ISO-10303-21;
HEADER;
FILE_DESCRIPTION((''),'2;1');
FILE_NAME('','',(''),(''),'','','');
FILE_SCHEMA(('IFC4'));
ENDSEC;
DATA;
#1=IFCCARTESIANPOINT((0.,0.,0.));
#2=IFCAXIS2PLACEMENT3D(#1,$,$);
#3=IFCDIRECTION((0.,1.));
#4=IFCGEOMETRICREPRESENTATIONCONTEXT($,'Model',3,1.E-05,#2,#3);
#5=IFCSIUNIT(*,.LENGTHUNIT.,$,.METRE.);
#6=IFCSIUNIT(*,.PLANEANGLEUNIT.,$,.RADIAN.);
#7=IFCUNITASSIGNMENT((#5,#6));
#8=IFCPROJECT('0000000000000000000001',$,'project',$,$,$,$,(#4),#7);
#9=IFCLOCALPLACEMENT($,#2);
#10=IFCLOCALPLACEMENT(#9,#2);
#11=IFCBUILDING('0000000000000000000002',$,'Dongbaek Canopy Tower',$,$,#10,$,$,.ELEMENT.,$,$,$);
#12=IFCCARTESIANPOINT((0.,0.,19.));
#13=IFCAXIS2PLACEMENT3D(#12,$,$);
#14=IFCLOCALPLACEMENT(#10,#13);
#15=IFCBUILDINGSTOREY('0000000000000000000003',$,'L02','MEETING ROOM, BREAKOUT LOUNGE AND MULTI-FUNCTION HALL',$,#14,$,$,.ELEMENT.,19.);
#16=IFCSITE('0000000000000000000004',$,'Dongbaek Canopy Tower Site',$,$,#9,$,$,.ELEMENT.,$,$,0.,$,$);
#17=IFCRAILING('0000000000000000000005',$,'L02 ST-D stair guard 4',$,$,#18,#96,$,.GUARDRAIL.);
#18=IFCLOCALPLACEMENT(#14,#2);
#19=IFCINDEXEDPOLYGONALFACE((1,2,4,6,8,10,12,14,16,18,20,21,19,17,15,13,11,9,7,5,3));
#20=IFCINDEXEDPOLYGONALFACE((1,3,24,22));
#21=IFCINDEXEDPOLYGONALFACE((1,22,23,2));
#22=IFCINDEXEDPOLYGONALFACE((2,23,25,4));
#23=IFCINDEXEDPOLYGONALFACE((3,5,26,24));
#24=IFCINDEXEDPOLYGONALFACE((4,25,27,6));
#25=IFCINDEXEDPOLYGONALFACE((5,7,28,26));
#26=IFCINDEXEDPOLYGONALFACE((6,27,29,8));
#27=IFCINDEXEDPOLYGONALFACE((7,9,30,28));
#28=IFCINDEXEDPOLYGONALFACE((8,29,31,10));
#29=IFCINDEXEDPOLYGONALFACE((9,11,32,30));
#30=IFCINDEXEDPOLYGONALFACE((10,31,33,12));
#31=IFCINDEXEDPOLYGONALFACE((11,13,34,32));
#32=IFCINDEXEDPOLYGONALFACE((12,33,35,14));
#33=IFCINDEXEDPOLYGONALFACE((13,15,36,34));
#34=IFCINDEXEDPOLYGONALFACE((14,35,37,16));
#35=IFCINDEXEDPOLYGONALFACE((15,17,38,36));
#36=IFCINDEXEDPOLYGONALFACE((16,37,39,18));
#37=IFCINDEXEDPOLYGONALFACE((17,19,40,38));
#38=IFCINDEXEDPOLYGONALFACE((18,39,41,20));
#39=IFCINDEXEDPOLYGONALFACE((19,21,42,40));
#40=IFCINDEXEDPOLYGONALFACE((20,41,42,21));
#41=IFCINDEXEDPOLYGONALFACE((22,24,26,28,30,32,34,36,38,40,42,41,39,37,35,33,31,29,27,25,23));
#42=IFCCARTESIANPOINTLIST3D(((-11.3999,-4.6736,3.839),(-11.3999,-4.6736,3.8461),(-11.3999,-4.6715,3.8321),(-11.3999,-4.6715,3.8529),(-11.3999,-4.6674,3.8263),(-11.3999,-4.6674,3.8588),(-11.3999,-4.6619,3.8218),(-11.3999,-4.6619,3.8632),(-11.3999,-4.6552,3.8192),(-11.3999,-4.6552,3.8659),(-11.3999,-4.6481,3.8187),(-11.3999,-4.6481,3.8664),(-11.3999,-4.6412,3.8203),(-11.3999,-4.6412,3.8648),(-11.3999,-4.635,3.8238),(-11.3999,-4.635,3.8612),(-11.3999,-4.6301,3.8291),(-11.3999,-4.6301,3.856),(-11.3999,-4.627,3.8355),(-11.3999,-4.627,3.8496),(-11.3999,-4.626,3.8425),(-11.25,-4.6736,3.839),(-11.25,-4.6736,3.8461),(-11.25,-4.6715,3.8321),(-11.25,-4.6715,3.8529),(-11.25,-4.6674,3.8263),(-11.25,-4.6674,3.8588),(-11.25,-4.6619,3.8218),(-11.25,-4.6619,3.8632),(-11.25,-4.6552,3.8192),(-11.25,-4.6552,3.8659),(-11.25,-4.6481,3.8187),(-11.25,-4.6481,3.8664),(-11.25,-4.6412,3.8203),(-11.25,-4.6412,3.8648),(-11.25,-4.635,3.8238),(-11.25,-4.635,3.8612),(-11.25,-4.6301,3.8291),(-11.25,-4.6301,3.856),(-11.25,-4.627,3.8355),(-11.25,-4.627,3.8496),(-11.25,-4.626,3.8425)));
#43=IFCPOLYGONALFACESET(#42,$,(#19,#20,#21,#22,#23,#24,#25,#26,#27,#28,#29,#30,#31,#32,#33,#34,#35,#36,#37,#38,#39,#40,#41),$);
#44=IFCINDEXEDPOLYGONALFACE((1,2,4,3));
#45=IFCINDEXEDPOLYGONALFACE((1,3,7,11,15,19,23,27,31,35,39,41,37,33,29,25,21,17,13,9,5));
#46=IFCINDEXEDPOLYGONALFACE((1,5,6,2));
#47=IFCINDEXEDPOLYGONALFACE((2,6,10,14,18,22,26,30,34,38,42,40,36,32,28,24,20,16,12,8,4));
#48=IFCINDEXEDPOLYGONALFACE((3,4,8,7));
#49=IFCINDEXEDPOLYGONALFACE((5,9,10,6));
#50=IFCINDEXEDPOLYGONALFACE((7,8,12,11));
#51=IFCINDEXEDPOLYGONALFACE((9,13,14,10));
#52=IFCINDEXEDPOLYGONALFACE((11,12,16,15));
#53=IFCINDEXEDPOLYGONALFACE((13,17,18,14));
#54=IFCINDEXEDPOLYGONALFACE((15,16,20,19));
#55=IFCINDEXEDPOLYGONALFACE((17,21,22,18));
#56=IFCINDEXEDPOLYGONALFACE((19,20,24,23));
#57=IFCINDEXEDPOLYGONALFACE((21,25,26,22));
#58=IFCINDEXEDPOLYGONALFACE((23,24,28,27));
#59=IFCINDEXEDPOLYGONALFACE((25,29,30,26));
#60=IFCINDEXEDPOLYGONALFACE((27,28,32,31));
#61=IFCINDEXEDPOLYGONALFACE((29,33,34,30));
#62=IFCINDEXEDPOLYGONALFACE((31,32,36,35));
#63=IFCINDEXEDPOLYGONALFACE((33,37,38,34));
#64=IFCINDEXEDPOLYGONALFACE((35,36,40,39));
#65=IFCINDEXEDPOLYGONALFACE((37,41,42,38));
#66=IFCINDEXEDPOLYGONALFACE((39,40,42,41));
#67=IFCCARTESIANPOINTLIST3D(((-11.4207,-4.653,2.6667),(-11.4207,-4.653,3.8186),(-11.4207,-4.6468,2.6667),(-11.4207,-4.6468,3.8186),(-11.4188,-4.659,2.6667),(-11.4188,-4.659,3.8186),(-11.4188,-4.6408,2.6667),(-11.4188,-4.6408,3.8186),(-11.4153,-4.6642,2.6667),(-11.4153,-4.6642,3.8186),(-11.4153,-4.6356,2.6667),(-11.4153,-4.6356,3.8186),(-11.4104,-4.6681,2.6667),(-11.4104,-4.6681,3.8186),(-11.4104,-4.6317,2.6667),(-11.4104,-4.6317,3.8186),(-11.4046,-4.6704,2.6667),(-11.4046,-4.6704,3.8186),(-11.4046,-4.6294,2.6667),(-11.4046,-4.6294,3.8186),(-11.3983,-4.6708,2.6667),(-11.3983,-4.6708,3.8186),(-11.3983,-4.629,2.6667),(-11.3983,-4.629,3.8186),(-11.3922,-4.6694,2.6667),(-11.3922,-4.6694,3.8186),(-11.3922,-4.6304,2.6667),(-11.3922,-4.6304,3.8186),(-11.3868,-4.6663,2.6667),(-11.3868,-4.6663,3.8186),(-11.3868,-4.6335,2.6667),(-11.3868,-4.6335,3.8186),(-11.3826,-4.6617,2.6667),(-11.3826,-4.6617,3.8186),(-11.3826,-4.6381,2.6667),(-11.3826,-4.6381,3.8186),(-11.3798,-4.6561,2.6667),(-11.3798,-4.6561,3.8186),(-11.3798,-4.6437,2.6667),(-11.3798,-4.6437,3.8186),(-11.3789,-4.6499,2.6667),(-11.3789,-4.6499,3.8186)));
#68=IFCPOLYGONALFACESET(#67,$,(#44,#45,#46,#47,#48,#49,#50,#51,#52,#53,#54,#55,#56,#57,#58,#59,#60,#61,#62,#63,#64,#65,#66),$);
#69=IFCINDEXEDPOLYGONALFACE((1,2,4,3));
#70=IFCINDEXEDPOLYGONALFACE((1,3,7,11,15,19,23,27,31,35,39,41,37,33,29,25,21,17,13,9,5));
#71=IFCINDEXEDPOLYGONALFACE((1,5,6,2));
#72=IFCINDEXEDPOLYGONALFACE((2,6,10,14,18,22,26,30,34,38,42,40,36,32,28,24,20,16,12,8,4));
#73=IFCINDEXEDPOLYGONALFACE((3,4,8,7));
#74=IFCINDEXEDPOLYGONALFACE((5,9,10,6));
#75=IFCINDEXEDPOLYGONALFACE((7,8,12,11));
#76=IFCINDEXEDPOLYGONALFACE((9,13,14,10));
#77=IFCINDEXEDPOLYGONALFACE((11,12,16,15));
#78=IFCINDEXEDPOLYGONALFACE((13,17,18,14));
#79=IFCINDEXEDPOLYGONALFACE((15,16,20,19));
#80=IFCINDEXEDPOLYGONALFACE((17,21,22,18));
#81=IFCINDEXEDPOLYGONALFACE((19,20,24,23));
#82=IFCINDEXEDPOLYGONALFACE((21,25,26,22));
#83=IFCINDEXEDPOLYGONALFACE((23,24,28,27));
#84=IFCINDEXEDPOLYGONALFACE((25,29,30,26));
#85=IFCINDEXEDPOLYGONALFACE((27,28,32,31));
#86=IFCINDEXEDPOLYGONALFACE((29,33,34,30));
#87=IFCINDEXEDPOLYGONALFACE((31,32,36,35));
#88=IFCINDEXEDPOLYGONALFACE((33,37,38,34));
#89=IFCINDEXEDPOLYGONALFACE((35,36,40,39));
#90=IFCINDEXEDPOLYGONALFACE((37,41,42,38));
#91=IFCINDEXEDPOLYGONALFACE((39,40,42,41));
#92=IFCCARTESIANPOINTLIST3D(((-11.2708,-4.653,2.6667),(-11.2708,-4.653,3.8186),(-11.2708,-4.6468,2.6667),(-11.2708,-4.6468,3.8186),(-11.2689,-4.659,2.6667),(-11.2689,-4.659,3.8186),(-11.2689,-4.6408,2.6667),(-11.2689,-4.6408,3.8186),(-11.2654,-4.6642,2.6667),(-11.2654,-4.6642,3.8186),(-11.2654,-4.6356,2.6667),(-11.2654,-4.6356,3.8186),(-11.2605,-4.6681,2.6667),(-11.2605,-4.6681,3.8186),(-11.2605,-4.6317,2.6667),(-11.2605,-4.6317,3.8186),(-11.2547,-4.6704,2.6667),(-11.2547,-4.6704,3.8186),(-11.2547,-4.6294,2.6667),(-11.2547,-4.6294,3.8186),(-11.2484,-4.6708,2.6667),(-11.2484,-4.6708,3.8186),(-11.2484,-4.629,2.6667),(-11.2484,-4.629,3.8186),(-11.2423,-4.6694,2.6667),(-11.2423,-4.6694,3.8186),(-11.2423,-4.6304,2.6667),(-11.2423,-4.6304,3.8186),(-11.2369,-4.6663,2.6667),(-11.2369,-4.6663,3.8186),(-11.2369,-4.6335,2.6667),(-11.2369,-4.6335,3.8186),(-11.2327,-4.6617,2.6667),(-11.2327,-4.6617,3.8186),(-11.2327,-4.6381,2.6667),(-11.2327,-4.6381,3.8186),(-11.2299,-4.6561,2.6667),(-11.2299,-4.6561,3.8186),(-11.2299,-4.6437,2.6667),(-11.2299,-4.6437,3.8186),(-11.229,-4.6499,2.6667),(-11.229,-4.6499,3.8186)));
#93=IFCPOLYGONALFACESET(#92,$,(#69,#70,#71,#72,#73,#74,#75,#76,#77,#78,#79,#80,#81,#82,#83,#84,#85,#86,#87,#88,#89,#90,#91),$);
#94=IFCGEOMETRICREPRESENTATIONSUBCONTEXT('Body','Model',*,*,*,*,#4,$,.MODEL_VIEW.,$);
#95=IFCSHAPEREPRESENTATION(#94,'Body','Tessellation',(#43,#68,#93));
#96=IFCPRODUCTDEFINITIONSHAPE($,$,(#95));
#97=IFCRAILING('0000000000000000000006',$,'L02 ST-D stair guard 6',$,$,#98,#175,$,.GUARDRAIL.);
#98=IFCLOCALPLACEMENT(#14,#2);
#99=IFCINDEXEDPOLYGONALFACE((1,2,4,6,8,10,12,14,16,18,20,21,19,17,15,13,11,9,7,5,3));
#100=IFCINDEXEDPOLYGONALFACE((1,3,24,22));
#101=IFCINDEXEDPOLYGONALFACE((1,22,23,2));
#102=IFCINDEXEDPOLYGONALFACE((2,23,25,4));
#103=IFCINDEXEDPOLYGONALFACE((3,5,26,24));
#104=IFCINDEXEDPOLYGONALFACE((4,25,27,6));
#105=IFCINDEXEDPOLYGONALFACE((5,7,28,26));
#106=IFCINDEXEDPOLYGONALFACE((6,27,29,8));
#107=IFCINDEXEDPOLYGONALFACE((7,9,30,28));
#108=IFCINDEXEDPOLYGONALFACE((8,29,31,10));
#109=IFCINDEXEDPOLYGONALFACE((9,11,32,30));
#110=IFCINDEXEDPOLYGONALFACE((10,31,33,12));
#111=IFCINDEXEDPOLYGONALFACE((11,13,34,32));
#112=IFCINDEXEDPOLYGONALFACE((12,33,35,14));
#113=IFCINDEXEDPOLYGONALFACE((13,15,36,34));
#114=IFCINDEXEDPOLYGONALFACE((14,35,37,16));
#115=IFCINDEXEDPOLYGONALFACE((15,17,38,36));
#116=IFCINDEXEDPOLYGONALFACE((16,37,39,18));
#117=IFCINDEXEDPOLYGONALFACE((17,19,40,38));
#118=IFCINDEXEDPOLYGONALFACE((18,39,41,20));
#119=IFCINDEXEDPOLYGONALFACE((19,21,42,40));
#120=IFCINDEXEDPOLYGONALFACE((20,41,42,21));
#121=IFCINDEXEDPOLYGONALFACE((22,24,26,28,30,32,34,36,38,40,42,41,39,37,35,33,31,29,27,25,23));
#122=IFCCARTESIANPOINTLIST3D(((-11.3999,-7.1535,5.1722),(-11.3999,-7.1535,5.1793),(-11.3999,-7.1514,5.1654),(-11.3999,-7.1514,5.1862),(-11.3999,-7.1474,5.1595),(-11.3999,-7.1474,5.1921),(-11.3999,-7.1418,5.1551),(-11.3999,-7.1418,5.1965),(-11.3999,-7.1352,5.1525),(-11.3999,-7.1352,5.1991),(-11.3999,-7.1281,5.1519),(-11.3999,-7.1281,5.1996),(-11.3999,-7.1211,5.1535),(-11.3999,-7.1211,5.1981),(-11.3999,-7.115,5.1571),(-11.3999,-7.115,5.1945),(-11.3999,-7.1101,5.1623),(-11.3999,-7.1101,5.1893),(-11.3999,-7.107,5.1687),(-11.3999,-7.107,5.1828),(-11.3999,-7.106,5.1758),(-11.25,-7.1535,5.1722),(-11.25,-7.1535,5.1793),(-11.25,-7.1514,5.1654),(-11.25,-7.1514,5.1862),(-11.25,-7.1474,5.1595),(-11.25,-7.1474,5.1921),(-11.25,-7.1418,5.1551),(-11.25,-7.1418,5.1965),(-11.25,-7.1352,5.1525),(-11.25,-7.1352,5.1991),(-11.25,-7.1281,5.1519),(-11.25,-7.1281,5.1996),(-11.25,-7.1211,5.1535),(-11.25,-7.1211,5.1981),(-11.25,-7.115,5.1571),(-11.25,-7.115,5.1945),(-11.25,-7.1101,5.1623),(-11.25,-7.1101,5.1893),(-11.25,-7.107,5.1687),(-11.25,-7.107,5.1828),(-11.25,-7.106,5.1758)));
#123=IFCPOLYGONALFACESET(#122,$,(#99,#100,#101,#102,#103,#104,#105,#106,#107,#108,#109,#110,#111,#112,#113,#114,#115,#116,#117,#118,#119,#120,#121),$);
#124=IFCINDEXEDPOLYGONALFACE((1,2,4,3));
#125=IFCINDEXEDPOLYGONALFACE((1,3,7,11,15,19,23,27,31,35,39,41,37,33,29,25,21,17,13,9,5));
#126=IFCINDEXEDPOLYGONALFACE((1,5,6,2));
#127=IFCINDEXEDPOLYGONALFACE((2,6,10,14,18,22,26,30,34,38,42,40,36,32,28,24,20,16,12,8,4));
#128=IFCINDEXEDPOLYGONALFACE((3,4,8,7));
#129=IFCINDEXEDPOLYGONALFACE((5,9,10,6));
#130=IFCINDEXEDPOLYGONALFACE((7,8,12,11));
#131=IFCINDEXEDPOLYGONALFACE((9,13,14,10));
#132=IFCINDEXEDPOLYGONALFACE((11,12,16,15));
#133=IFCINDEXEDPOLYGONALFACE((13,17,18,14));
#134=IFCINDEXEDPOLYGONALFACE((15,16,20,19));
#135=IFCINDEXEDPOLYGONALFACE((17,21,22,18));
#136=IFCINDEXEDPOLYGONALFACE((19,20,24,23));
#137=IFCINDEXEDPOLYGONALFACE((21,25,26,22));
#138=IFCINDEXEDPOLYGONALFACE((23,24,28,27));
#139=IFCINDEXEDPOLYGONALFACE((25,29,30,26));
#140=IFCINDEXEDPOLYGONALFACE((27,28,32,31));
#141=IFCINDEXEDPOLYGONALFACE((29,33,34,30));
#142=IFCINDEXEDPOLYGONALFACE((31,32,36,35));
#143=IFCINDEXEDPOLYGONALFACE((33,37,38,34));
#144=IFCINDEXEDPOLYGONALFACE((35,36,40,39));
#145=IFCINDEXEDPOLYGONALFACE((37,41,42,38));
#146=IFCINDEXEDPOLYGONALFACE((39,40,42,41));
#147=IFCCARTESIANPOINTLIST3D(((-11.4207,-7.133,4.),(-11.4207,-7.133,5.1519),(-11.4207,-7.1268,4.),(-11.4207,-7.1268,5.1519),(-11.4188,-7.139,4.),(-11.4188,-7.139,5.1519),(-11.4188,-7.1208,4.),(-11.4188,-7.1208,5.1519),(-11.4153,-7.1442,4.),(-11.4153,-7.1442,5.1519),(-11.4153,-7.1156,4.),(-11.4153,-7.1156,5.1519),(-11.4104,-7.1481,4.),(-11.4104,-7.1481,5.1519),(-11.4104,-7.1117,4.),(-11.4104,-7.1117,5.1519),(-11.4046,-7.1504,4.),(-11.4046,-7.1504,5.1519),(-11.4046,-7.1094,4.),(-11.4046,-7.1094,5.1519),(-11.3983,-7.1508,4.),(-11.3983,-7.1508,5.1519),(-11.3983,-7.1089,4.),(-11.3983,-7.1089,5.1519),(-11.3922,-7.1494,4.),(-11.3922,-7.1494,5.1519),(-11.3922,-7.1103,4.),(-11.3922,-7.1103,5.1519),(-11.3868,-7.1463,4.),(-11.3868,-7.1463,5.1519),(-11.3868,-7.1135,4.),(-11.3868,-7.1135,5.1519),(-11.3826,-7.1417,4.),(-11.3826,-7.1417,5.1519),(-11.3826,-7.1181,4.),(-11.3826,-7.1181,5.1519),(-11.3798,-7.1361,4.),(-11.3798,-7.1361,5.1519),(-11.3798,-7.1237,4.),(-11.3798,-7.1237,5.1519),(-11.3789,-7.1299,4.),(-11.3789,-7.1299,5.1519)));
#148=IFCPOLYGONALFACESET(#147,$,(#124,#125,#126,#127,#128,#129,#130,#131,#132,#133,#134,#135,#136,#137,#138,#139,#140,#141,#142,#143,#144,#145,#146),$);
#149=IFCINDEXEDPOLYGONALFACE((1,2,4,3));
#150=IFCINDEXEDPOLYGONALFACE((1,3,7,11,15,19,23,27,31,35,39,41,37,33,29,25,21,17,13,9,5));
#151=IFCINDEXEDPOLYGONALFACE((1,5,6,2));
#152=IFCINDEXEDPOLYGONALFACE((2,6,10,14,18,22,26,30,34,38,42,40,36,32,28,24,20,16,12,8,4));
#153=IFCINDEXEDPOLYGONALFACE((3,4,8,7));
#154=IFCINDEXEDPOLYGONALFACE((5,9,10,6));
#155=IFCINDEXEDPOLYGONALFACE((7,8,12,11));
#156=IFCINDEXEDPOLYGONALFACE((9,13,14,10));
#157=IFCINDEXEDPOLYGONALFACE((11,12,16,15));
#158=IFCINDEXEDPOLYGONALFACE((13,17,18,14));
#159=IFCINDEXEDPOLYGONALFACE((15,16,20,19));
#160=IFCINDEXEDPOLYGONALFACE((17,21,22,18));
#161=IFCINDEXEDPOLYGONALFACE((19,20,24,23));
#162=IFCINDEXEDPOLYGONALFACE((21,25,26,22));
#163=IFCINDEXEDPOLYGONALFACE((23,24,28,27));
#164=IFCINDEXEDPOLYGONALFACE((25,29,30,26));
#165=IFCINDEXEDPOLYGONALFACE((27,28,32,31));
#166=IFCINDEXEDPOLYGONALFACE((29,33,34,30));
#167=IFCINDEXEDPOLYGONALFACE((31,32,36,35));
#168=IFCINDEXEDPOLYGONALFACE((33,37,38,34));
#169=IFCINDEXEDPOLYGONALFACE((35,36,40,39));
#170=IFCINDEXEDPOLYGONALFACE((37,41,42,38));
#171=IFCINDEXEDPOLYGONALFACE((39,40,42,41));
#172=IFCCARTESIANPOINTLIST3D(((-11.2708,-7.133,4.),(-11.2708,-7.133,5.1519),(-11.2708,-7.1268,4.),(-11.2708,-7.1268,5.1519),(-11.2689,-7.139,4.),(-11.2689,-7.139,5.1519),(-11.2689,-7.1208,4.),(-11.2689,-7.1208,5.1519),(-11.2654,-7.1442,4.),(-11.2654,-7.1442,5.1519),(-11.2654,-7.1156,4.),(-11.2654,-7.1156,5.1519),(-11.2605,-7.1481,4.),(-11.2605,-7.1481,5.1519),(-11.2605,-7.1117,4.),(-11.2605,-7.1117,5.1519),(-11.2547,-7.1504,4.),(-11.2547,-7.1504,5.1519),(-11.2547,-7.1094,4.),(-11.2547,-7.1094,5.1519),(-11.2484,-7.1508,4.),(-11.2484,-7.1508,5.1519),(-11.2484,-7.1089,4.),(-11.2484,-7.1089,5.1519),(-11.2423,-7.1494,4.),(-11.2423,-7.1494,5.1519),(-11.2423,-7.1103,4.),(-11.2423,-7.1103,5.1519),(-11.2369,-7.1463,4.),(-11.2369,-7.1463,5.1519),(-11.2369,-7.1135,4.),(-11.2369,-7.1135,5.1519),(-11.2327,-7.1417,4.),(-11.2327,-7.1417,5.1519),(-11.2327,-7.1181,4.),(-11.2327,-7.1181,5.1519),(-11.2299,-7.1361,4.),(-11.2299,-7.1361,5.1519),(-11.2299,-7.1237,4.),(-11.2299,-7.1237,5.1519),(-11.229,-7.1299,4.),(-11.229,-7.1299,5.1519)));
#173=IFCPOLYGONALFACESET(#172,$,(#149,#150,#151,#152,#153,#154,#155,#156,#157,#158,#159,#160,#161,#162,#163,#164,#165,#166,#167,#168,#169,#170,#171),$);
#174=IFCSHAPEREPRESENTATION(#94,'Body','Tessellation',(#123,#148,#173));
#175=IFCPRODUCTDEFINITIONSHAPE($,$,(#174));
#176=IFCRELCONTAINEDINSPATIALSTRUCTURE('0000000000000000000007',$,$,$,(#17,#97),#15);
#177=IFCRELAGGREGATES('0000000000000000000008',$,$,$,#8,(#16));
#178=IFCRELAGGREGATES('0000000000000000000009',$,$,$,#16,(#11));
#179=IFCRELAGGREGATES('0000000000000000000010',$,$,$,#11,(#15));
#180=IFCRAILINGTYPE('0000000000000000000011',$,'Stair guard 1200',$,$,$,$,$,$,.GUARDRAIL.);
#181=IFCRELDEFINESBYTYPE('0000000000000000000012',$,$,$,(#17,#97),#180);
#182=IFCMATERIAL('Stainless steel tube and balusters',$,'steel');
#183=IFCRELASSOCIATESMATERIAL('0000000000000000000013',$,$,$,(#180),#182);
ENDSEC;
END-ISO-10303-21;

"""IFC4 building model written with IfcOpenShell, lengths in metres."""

from ifc_helpers import new_model, si_unit, direction, frame, origin, origin_2d, place, context, subcontext, project, spatial, circle, extrude, material, type_object, element, save


model = new_model("IFC4")

# Units and contexts
model_context = context("Model", 3, precision=1e-05, world=origin(), true_north=direction((0.0, 1.0)))
body_context = subcontext(model_context, "Body", "Model", "MODEL_VIEW")
ifc_project = project(units=[si_unit("LENGTHUNIT", "METRE"), si_unit("PLANEANGLEUNIT", "RADIAN")], contexts=[model_context])

# Site, building, storey
site_placement = place(None, origin())
site = spatial("IfcSite", under=ifc_project, at=site_placement, Name="Dongbaek Canopy Tower Site", CompositionType="ELEMENT", RefElevation=0.0)
building_placement = place(site_placement, origin())
building = spatial("IfcBuilding", under=site, at=building_placement, Name="Dongbaek Canopy Tower", CompositionType="ELEMENT")
storey_placement = place(building_placement, frame((0.0, 0.0, 19.0)))
storey = spatial("IfcBuildingStorey", under=building, at=storey_placement, Name="L02", Description="MEETING ROOM, BREAKOUT LOUNGE AND MULTI-FUNCTION HALL", CompositionType="ELEMENT", Elevation=19.0)

# Railings
ifc_material_1 = material(Name="Stainless steel tube and balusters", Category="steel")
railing_type_1 = type_object("IfcRailingType", Name="Stair guard 1200", PredefinedType="GUARDRAIL", material=ifc_material_1)
for number, where, name in (
    (1, (-11.3999, -4.6499, 2.6667), "L02 ST-D stair guard 4"),
    (2, (-11.3999, -7.1299, 4.0), "L02 ST-D stair guard 6"),
):
    element("IfcRailing", number, at=place(storey_placement, frame(where)), inside=storey, type_object=railing_type_1, Name=name, PredefinedType="GUARDRAIL", context=body_context, shape_type="SweptSolid", body=[
        extrude(circle(Radius=0.0239, at=origin_2d()), frame((0.0, 0.0, 1.1758), z_axis=(1.0, 0.0, 0.0), x_axis=(0.0, 1.0, 0.0)), (0.0, 0.0, 1.0), 0.1499),
        extrude(circle(Radius=0.021, at=origin_2d()), origin(), (0.0, 0.0, 1.0), 1.1519),
        extrude(circle(Radius=0.021, at=origin_2d()), frame((0.1499, 0.0, 0.0)), (0.0, 0.0, 1.0), 1.1519),
    ])

save(model, "model.ifc")
